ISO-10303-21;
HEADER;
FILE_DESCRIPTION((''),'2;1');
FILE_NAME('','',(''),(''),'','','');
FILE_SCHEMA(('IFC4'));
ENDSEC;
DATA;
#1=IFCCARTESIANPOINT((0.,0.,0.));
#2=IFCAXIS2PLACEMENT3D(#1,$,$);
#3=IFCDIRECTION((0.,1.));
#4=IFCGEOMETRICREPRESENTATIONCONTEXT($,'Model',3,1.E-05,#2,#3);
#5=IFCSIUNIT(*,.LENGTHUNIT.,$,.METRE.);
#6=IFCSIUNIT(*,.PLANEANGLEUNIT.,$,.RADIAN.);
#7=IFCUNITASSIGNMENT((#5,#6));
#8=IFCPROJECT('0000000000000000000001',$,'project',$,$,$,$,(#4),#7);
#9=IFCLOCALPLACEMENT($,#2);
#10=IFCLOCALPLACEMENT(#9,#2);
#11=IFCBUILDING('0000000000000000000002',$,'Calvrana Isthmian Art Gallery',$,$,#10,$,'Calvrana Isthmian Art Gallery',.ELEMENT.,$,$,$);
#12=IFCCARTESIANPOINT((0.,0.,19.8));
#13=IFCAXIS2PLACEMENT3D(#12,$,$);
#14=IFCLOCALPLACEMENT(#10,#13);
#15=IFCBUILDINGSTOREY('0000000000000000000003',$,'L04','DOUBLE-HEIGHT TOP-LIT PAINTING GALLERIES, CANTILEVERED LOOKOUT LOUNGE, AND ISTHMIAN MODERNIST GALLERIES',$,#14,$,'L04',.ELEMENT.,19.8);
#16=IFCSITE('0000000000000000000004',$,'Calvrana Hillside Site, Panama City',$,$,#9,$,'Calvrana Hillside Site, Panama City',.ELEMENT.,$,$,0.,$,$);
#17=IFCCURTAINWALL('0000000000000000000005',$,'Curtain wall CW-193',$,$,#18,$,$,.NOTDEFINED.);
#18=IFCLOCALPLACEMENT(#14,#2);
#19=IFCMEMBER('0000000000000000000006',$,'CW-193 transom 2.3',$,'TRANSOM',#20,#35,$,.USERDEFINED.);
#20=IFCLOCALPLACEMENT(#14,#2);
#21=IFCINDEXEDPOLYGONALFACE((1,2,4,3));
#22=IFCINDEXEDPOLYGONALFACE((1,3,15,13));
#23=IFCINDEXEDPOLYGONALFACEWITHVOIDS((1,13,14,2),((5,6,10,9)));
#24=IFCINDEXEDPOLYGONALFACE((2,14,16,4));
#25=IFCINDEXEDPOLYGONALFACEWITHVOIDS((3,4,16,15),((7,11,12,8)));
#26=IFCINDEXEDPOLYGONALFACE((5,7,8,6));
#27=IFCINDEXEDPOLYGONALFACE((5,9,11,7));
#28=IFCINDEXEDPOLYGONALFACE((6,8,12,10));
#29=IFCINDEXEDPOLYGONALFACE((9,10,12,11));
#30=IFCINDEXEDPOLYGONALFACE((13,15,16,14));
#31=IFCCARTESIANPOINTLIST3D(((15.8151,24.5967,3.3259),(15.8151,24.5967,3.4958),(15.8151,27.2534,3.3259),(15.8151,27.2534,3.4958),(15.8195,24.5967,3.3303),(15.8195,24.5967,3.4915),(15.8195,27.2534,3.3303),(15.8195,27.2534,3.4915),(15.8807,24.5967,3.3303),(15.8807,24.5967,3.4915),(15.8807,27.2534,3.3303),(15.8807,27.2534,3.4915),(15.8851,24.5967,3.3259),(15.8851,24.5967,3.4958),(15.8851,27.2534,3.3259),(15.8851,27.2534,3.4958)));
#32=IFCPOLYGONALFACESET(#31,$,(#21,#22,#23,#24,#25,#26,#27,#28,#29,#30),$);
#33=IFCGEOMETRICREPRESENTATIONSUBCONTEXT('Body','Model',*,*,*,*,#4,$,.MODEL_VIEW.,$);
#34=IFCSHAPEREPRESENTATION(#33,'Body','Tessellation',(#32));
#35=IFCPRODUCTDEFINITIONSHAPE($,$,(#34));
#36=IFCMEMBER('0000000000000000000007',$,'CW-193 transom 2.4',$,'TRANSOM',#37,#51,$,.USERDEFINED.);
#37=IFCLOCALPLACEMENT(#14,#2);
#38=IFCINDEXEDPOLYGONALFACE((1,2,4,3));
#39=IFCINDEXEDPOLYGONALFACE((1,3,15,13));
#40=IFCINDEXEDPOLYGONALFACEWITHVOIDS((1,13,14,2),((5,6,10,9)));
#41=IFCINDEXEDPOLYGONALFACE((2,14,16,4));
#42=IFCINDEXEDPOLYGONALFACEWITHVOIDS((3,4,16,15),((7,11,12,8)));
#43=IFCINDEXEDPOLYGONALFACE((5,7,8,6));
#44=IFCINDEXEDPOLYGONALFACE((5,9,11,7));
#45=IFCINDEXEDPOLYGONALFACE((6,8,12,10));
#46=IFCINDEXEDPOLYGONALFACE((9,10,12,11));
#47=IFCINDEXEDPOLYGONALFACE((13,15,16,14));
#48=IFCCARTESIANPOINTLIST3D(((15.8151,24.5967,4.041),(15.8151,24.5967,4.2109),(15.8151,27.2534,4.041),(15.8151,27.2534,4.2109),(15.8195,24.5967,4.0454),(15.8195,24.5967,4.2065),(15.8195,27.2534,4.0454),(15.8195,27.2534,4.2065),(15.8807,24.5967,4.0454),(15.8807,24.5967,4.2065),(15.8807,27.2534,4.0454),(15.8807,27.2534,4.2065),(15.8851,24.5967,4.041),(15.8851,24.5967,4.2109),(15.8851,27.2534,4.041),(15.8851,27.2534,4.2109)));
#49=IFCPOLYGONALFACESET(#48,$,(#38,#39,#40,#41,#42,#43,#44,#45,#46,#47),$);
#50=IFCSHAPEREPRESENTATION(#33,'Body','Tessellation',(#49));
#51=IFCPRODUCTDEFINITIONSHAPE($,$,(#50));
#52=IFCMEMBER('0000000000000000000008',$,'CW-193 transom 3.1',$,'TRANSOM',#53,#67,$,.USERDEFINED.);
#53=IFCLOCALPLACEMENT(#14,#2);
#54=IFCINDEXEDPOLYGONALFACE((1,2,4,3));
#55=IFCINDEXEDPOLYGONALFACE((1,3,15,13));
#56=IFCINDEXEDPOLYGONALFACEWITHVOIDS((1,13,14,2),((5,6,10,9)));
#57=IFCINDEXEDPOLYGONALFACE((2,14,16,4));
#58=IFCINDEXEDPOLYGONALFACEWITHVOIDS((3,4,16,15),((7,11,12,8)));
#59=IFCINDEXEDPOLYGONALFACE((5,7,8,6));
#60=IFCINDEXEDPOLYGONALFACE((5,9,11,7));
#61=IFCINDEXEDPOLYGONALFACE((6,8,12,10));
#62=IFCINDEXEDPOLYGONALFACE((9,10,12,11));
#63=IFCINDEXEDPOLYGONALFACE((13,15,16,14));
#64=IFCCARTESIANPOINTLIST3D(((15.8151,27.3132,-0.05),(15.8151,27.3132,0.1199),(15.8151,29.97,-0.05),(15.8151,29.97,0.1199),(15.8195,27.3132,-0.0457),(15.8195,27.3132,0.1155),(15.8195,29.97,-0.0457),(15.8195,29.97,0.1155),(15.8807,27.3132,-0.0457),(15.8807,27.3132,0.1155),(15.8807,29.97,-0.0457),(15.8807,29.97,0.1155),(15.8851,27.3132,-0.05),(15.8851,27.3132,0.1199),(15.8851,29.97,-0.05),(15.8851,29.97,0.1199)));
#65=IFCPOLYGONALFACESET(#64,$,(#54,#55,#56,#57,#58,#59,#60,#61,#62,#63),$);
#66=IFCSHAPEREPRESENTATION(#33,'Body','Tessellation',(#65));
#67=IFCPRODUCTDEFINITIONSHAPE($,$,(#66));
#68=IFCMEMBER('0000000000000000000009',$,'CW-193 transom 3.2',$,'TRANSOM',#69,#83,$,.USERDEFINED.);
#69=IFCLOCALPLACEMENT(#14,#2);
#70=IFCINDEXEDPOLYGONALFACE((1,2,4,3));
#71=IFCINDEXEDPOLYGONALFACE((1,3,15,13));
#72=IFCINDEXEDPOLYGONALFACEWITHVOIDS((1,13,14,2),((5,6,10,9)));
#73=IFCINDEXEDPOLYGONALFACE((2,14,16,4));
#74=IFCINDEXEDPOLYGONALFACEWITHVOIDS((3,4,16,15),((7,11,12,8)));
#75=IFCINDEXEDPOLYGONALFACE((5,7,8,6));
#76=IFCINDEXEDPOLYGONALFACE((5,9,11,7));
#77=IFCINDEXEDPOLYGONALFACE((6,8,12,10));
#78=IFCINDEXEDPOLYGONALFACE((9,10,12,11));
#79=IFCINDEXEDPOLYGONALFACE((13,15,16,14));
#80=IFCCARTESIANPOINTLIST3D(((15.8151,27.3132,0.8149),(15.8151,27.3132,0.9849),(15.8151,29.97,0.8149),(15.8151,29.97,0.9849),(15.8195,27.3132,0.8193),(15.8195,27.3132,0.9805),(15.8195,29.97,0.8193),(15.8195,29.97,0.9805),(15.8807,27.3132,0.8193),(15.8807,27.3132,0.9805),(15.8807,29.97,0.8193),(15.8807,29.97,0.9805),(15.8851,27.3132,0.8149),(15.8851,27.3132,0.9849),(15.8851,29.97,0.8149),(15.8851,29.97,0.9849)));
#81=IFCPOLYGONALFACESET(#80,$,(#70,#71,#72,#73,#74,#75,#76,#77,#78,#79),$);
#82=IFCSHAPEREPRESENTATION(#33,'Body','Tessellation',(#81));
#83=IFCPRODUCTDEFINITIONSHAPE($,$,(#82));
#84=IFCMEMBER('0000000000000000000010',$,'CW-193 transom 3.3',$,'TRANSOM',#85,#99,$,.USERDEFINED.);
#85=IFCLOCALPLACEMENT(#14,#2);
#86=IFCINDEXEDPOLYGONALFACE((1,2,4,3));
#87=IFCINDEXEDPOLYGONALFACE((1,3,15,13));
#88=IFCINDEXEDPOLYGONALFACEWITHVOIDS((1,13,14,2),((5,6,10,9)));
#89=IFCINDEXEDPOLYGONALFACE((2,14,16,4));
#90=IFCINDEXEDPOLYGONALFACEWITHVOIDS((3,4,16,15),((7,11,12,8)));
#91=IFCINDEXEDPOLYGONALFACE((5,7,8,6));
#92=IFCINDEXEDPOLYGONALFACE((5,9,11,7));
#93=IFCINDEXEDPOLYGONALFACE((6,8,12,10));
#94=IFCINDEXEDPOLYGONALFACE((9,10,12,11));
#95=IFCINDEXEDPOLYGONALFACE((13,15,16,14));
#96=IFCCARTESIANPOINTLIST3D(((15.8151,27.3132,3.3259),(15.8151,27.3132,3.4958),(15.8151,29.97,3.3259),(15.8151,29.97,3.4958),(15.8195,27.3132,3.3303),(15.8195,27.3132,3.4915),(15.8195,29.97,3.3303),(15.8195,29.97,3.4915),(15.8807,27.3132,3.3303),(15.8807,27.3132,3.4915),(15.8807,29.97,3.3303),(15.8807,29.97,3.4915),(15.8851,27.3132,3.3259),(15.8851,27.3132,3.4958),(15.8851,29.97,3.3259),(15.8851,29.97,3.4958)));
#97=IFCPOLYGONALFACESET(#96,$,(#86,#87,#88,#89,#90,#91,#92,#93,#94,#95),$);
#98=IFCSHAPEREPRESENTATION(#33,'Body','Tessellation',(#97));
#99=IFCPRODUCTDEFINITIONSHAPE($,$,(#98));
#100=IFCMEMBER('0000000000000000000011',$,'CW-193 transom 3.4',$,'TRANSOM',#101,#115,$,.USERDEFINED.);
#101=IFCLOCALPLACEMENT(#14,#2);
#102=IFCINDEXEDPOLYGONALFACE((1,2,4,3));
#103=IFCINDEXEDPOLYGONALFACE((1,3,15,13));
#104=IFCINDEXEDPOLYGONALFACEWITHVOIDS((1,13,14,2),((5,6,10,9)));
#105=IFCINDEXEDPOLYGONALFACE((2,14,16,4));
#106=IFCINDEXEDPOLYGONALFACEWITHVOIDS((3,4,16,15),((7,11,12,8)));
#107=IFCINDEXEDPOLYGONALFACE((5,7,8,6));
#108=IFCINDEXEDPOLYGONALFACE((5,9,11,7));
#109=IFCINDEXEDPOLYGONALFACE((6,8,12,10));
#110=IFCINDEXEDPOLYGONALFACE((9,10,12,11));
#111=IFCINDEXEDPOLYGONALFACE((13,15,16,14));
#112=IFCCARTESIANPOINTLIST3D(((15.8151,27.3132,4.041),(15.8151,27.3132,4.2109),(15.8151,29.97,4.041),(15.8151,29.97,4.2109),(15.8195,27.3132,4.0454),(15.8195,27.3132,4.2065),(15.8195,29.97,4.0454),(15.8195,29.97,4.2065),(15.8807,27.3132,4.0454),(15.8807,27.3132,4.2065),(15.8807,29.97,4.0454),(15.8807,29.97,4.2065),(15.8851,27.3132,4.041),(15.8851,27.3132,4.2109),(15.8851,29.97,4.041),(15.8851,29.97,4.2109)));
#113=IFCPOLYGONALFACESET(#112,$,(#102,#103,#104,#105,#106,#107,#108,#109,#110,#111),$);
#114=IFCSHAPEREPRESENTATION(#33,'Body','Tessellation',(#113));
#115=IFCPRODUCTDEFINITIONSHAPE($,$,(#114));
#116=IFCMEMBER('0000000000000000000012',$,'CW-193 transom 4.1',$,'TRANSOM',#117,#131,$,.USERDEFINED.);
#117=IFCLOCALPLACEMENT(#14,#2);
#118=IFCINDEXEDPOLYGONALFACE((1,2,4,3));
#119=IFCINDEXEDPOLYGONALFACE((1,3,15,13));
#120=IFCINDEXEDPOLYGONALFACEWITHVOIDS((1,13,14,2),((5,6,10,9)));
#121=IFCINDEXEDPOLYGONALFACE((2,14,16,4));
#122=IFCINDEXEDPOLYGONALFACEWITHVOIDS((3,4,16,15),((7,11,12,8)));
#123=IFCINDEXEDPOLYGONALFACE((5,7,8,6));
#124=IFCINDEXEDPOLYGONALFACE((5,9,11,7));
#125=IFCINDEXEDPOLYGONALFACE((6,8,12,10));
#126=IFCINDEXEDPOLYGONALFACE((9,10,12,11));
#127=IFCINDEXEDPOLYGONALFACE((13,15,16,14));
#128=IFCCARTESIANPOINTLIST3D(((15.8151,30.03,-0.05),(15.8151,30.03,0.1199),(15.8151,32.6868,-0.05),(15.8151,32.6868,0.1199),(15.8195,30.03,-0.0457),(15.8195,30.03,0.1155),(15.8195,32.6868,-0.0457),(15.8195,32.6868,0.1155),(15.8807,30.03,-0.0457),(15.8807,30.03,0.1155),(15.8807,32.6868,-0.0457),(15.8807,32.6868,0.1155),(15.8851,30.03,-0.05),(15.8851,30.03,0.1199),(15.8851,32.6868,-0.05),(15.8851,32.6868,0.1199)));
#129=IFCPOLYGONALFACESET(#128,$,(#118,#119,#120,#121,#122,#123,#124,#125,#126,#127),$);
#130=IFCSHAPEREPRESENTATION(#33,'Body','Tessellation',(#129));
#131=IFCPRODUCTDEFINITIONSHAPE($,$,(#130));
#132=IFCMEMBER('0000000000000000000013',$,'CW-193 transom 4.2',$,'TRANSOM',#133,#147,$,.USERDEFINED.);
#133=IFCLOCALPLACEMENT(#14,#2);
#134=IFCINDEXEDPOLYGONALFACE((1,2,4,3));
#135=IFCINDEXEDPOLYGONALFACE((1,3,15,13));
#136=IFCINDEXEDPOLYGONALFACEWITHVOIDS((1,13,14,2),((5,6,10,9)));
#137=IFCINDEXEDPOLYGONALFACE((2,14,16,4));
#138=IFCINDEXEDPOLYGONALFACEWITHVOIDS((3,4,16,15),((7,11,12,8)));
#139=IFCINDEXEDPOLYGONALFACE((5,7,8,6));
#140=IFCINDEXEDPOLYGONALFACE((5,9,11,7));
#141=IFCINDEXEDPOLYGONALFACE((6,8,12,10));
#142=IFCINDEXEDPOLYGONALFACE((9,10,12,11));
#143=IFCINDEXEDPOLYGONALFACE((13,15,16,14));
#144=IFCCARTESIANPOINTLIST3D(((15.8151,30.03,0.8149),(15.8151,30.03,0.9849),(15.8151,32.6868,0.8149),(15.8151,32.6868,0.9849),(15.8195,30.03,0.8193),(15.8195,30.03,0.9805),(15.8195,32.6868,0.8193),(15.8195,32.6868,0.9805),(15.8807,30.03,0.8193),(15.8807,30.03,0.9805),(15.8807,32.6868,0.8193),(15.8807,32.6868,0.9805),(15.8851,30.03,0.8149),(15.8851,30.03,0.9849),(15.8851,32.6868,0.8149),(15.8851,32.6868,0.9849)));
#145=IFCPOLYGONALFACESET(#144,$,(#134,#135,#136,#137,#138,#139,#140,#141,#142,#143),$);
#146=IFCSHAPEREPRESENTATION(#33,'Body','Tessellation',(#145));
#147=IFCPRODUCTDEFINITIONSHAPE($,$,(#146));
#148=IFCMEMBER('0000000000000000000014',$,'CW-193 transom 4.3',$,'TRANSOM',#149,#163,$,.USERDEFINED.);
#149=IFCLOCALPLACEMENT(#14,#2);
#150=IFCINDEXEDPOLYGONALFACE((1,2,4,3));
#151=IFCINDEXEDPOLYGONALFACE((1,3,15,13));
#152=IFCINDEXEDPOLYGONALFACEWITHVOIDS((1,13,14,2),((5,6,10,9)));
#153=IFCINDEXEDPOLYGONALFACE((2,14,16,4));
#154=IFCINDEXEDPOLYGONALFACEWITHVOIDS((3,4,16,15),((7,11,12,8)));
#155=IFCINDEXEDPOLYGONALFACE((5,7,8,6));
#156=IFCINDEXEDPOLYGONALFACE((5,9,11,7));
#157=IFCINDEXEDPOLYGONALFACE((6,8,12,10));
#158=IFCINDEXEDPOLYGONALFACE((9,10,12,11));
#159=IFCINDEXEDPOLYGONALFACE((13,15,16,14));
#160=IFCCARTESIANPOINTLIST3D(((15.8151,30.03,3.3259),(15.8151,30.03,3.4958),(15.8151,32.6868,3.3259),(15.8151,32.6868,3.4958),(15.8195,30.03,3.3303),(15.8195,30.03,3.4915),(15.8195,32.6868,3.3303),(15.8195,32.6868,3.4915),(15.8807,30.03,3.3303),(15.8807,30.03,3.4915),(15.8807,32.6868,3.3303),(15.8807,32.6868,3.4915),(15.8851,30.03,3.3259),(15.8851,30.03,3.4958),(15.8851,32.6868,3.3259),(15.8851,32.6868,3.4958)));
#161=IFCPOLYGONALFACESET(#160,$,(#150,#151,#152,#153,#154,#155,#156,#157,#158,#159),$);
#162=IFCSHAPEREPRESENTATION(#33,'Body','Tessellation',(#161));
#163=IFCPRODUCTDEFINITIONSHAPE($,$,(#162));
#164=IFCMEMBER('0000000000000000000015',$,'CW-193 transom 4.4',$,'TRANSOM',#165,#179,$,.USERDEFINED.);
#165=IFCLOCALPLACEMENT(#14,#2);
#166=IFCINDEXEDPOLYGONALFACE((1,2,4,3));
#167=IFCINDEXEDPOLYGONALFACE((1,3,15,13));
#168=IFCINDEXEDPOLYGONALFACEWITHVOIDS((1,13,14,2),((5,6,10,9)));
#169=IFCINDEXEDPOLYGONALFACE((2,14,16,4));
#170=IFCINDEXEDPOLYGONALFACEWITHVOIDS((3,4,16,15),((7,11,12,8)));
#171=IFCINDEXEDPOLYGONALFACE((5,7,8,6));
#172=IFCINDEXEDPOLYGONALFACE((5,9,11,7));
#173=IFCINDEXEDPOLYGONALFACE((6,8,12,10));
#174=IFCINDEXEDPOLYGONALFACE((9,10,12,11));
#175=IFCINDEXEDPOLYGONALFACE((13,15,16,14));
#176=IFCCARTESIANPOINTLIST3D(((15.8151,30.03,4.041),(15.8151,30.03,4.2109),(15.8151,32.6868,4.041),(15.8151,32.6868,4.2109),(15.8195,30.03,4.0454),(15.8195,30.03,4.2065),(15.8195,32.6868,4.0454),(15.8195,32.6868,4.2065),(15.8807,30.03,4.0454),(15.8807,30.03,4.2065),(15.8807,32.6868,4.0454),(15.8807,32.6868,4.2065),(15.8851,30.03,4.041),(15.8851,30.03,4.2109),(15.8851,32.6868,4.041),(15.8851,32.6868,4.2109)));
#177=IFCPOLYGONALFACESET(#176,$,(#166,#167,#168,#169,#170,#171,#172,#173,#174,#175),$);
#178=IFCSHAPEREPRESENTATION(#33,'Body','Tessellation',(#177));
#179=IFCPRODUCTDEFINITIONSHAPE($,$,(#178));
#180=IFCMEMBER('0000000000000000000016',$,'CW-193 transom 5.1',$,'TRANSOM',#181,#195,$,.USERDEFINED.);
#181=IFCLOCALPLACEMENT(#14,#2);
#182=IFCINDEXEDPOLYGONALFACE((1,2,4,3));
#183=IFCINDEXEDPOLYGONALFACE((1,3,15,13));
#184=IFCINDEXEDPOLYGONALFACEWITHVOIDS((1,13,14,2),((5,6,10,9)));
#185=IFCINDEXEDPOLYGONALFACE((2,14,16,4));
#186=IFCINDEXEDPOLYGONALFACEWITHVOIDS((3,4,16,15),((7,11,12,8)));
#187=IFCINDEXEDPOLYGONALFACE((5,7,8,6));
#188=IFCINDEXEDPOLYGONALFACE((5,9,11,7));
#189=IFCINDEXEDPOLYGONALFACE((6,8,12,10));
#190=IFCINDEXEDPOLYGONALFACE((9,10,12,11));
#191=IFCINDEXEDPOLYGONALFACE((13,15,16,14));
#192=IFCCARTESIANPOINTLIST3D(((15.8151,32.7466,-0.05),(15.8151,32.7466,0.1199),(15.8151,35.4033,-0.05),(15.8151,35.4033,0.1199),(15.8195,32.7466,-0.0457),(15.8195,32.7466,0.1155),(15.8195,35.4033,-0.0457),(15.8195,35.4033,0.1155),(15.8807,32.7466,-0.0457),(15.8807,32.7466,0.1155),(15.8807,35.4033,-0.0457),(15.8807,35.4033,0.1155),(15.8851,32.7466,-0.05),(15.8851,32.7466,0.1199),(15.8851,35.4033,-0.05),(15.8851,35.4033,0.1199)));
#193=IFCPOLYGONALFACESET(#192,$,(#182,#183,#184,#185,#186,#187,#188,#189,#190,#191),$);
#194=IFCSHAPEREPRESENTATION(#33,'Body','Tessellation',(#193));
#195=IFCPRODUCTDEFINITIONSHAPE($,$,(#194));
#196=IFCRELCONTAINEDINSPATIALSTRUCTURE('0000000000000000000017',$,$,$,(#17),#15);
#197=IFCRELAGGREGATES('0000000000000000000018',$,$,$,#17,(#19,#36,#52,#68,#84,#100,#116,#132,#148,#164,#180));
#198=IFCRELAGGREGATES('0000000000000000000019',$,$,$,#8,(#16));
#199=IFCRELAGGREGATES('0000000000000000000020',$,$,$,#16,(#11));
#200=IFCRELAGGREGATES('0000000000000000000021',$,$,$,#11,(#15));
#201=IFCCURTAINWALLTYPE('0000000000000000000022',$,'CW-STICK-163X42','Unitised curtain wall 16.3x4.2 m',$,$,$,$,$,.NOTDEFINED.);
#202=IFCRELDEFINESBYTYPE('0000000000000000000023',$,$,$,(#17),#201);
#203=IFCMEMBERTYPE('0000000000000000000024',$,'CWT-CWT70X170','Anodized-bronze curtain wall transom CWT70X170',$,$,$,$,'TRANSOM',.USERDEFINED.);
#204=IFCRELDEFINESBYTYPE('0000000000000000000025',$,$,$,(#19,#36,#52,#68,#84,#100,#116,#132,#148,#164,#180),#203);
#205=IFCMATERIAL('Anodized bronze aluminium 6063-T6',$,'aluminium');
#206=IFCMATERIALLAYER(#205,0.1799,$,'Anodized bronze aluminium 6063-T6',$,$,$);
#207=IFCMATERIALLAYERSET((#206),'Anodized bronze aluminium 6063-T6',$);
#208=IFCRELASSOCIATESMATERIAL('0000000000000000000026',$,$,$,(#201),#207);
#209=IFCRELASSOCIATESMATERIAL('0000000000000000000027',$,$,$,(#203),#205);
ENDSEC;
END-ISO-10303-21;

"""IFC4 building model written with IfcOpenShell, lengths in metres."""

from ifc_helpers import new_model, si_unit, direction, frame, origin, origin_2d, place, context, subcontext, project, spatial, hollow_rectangle, extrude, material, layer, layer_set, material_profile, profile_set, type_object, element, aggregate, save


model = new_model("IFC4")

# Units and contexts
model_context = context("Model", 3, precision=1e-05, world=origin(), true_north=direction((0.0, 1.0)))
body_context = subcontext(model_context, "Body", "Model", "MODEL_VIEW")
ifc_project = project(units=[si_unit("LENGTHUNIT", "METRE"), si_unit("PLANEANGLEUNIT", "RADIAN")], contexts=[model_context])

# Site, building, storey
site_placement = place(None, origin())
site = spatial("IfcSite", under=ifc_project, at=site_placement, Name="Calvrana Hillside Site, Panama City", LongName="Calvrana Hillside Site, Panama City", CompositionType="ELEMENT", RefElevation=0.0)
building_placement = place(site_placement, origin())
building = spatial("IfcBuilding", under=site, at=building_placement, Name="Calvrana Isthmian Art Gallery", LongName="Calvrana Isthmian Art Gallery", CompositionType="ELEMENT")
storey_placement = place(building_placement, frame((0.0, 0.0, 19.8)))
storey = spatial("IfcBuildingStorey", under=building, at=storey_placement, Name="L04", Description="DOUBLE-HEIGHT TOP-LIT PAINTING GALLERIES, CANTILEVERED LOOKOUT LOUNGE, AND ISTHMIAN MODERNIST GALLERIES", LongName="L04", CompositionType="ELEMENT", Elevation=19.8)

# Curtain wall, members
ifc_material_1 = material(Name="Anodized bronze aluminium 6063-T6", Category="aluminium")
ifc_layer_1 = layer(ifc_material_1, 0.1799, Name="Anodized bronze aluminium 6063-T6")
ifc_layer_set_1 = layer_set([ifc_layer_1], Name="Anodized bronze aluminium 6063-T6")
curtain_wall_type_1 = type_object("IfcCurtainWallType", Name="CW-STICK-163X42", Description="Unitised curtain wall 16.3x4.2 m", PredefinedType="NOTDEFINED", material=ifc_layer_set_1)
curtain_wall_1_placement = place(storey_placement, origin())
curtain_wall_1 = element("IfcCurtainWall", 1, at=curtain_wall_1_placement, inside=storey, type_object=curtain_wall_type_1, Name="Curtain wall CW-193", PredefinedType="NOTDEFINED")
ifc_material_profile_1 = material_profile(ifc_material_1, hollow_rectangle(XDim=0.0701, YDim=0.1699, WallThickness=0.0044, at=origin_2d()), Name="CWT70X170")
ifc_profile_set_1 = profile_set([ifc_material_profile_1], Name="Anodized bronze aluminium 6063-T6")
member_type_1 = type_object("IfcMemberType", Name="CWT-CWT70X170", Description="Anodized-bronze curtain wall transom CWT70X170", ElementType="TRANSOM", PredefinedType="USERDEFINED", material=ifc_profile_set_1)
member_1_placement = place(storey_placement, frame((15.8501, 24.5967, 3.4109), z_axis=(0.0, 1.0, 0.0), x_axis=(-1.0, 0.0, 0.0)))
member_1 = element("IfcMember", 2, at=member_1_placement, type_object=member_type_1, Name="CW-193 transom 2.3", ObjectType="TRANSOM", PredefinedType="USERDEFINED", context=body_context, shape_type="SweptSolid", body=[
    extrude(hollow_rectangle(XDim=0.0701, YDim=0.1699, WallThickness=0.0044, at=origin_2d()), origin(), (0.0, 0.0, 1.0), 2.6567),
])
member_2_placement = place(storey_placement, frame((15.8501, 24.5967, 4.126), z_axis=(0.0, 1.0, 0.0), x_axis=(-1.0, 0.0, 0.0)))
member_2 = element("IfcMember", 3, at=member_2_placement, type_object=member_type_1, Name="CW-193 transom 2.4", ObjectType="TRANSOM", PredefinedType="USERDEFINED", context=body_context, shape_type="SweptSolid", body=[
    extrude(hollow_rectangle(XDim=0.0701, YDim=0.1699, WallThickness=0.0044, at=origin_2d()), origin(), (0.0, 0.0, 1.0), 2.6567),
])
member_3_placement = place(storey_placement, frame((15.8501, 27.3132, 0.0349), z_axis=(0.0, 1.0, 0.0), x_axis=(-1.0, 0.0, 0.0)))
member_3 = element("IfcMember", 4, at=member_3_placement, type_object=member_type_1, Name="CW-193 transom 3.1", ObjectType="TRANSOM", PredefinedType="USERDEFINED", context=body_context, shape_type="SweptSolid", body=[
    extrude(hollow_rectangle(XDim=0.0701, YDim=0.1699, WallThickness=0.0044, at=origin_2d()), origin(), (0.0, 0.0, 1.0), 2.6567),
])
member_4_placement = place(storey_placement, frame((15.8501, 27.3132, 0.8999), z_axis=(0.0, 1.0, 0.0), x_axis=(-1.0, 0.0, 0.0)))
member_4 = element("IfcMember", 5, at=member_4_placement, type_object=member_type_1, Name="CW-193 transom 3.2", ObjectType="TRANSOM", PredefinedType="USERDEFINED", context=body_context, shape_type="SweptSolid", body=[
    extrude(hollow_rectangle(XDim=0.0701, YDim=0.1699, WallThickness=0.0044, at=origin_2d()), origin(), (0.0, 0.0, 1.0), 2.6567),
])
member_5_placement = place(storey_placement, frame((15.8501, 27.3132, 3.4109), z_axis=(0.0, 1.0, 0.0), x_axis=(-1.0, 0.0, 0.0)))
member_5 = element("IfcMember", 6, at=member_5_placement, type_object=member_type_1, Name="CW-193 transom 3.3", ObjectType="TRANSOM", PredefinedType="USERDEFINED", context=body_context, shape_type="SweptSolid", body=[
    extrude(hollow_rectangle(XDim=0.0701, YDim=0.1699, WallThickness=0.0044, at=origin_2d()), origin(), (0.0, 0.0, 1.0), 2.6567),
])
member_6_placement = place(storey_placement, frame((15.8501, 27.3132, 4.126), z_axis=(0.0, 1.0, 0.0), x_axis=(-1.0, 0.0, 0.0)))
member_6 = element("IfcMember", 7, at=member_6_placement, type_object=member_type_1, Name="CW-193 transom 3.4", ObjectType="TRANSOM", PredefinedType="USERDEFINED", context=body_context, shape_type="SweptSolid", body=[
    extrude(hollow_rectangle(XDim=0.0701, YDim=0.1699, WallThickness=0.0044, at=origin_2d()), origin(), (0.0, 0.0, 1.0), 2.6567),
])
member_7_placement = place(storey_placement, frame((15.8501, 30.03, 0.0349), z_axis=(0.0, 1.0, 0.0), x_axis=(-1.0, 0.0, 0.0)))
member_7 = element("IfcMember", 8, at=member_7_placement, type_object=member_type_1, Name="CW-193 transom 4.1", ObjectType="TRANSOM", PredefinedType="USERDEFINED", context=body_context, shape_type="SweptSolid", body=[
    extrude(hollow_rectangle(XDim=0.0701, YDim=0.1699, WallThickness=0.0044, at=origin_2d()), origin(), (0.0, 0.0, 1.0), 2.6567),
])
member_8_placement = place(storey_placement, frame((15.8501, 30.03, 0.8999), z_axis=(0.0, 1.0, 0.0), x_axis=(-1.0, 0.0, 0.0)))
member_8 = element("IfcMember", 9, at=member_8_placement, type_object=member_type_1, Name="CW-193 transom 4.2", ObjectType="TRANSOM", PredefinedType="USERDEFINED", context=body_context, shape_type="SweptSolid", body=[
    extrude(hollow_rectangle(XDim=0.0701, YDim=0.1699, WallThickness=0.0044, at=origin_2d()), origin(), (0.0, 0.0, 1.0), 2.6567),
])
member_9_placement = place(storey_placement, frame((15.8501, 30.03, 3.4109), z_axis=(0.0, 1.0, 0.0), x_axis=(-1.0, 0.0, 0.0)))
member_9 = element("IfcMember", 10, at=member_9_placement, type_object=member_type_1, Name="CW-193 transom 4.3", ObjectType="TRANSOM", PredefinedType="USERDEFINED", context=body_context, shape_type="SweptSolid", body=[
    extrude(hollow_rectangle(XDim=0.0701, YDim=0.1699, WallThickness=0.0044, at=origin_2d()), origin(), (0.0, 0.0, 1.0), 2.6567),
])
member_10_placement = place(storey_placement, frame((15.8501, 30.03, 4.126), z_axis=(0.0, 1.0, 0.0), x_axis=(-1.0, 0.0, 0.0)))
member_10 = element("IfcMember", 11, at=member_10_placement, type_object=member_type_1, Name="CW-193 transom 4.4", ObjectType="TRANSOM", PredefinedType="USERDEFINED", context=body_context, shape_type="SweptSolid", body=[
    extrude(hollow_rectangle(XDim=0.0701, YDim=0.1699, WallThickness=0.0044, at=origin_2d()), origin(), (0.0, 0.0, 1.0), 2.6567),
])
member_11_placement = place(storey_placement, frame((15.8501, 32.7466, 0.0349), z_axis=(0.0, 1.0, 0.0), x_axis=(-1.0, 0.0, 0.0)))
member_11 = element("IfcMember", 12, at=member_11_placement, type_object=member_type_1, Name="CW-193 transom 5.1", ObjectType="TRANSOM", PredefinedType="USERDEFINED", context=body_context, shape_type="SweptSolid", body=[
    extrude(hollow_rectangle(XDim=0.0701, YDim=0.1699, WallThickness=0.0044, at=origin_2d()), origin(), (0.0, 0.0, 1.0), 2.6567),
])

aggregate(curtain_wall_1, [member_1, member_2, member_3, member_4, member_5, member_6, member_7, member_8, member_9, member_10, member_11])

save(model, "model.ifc")
